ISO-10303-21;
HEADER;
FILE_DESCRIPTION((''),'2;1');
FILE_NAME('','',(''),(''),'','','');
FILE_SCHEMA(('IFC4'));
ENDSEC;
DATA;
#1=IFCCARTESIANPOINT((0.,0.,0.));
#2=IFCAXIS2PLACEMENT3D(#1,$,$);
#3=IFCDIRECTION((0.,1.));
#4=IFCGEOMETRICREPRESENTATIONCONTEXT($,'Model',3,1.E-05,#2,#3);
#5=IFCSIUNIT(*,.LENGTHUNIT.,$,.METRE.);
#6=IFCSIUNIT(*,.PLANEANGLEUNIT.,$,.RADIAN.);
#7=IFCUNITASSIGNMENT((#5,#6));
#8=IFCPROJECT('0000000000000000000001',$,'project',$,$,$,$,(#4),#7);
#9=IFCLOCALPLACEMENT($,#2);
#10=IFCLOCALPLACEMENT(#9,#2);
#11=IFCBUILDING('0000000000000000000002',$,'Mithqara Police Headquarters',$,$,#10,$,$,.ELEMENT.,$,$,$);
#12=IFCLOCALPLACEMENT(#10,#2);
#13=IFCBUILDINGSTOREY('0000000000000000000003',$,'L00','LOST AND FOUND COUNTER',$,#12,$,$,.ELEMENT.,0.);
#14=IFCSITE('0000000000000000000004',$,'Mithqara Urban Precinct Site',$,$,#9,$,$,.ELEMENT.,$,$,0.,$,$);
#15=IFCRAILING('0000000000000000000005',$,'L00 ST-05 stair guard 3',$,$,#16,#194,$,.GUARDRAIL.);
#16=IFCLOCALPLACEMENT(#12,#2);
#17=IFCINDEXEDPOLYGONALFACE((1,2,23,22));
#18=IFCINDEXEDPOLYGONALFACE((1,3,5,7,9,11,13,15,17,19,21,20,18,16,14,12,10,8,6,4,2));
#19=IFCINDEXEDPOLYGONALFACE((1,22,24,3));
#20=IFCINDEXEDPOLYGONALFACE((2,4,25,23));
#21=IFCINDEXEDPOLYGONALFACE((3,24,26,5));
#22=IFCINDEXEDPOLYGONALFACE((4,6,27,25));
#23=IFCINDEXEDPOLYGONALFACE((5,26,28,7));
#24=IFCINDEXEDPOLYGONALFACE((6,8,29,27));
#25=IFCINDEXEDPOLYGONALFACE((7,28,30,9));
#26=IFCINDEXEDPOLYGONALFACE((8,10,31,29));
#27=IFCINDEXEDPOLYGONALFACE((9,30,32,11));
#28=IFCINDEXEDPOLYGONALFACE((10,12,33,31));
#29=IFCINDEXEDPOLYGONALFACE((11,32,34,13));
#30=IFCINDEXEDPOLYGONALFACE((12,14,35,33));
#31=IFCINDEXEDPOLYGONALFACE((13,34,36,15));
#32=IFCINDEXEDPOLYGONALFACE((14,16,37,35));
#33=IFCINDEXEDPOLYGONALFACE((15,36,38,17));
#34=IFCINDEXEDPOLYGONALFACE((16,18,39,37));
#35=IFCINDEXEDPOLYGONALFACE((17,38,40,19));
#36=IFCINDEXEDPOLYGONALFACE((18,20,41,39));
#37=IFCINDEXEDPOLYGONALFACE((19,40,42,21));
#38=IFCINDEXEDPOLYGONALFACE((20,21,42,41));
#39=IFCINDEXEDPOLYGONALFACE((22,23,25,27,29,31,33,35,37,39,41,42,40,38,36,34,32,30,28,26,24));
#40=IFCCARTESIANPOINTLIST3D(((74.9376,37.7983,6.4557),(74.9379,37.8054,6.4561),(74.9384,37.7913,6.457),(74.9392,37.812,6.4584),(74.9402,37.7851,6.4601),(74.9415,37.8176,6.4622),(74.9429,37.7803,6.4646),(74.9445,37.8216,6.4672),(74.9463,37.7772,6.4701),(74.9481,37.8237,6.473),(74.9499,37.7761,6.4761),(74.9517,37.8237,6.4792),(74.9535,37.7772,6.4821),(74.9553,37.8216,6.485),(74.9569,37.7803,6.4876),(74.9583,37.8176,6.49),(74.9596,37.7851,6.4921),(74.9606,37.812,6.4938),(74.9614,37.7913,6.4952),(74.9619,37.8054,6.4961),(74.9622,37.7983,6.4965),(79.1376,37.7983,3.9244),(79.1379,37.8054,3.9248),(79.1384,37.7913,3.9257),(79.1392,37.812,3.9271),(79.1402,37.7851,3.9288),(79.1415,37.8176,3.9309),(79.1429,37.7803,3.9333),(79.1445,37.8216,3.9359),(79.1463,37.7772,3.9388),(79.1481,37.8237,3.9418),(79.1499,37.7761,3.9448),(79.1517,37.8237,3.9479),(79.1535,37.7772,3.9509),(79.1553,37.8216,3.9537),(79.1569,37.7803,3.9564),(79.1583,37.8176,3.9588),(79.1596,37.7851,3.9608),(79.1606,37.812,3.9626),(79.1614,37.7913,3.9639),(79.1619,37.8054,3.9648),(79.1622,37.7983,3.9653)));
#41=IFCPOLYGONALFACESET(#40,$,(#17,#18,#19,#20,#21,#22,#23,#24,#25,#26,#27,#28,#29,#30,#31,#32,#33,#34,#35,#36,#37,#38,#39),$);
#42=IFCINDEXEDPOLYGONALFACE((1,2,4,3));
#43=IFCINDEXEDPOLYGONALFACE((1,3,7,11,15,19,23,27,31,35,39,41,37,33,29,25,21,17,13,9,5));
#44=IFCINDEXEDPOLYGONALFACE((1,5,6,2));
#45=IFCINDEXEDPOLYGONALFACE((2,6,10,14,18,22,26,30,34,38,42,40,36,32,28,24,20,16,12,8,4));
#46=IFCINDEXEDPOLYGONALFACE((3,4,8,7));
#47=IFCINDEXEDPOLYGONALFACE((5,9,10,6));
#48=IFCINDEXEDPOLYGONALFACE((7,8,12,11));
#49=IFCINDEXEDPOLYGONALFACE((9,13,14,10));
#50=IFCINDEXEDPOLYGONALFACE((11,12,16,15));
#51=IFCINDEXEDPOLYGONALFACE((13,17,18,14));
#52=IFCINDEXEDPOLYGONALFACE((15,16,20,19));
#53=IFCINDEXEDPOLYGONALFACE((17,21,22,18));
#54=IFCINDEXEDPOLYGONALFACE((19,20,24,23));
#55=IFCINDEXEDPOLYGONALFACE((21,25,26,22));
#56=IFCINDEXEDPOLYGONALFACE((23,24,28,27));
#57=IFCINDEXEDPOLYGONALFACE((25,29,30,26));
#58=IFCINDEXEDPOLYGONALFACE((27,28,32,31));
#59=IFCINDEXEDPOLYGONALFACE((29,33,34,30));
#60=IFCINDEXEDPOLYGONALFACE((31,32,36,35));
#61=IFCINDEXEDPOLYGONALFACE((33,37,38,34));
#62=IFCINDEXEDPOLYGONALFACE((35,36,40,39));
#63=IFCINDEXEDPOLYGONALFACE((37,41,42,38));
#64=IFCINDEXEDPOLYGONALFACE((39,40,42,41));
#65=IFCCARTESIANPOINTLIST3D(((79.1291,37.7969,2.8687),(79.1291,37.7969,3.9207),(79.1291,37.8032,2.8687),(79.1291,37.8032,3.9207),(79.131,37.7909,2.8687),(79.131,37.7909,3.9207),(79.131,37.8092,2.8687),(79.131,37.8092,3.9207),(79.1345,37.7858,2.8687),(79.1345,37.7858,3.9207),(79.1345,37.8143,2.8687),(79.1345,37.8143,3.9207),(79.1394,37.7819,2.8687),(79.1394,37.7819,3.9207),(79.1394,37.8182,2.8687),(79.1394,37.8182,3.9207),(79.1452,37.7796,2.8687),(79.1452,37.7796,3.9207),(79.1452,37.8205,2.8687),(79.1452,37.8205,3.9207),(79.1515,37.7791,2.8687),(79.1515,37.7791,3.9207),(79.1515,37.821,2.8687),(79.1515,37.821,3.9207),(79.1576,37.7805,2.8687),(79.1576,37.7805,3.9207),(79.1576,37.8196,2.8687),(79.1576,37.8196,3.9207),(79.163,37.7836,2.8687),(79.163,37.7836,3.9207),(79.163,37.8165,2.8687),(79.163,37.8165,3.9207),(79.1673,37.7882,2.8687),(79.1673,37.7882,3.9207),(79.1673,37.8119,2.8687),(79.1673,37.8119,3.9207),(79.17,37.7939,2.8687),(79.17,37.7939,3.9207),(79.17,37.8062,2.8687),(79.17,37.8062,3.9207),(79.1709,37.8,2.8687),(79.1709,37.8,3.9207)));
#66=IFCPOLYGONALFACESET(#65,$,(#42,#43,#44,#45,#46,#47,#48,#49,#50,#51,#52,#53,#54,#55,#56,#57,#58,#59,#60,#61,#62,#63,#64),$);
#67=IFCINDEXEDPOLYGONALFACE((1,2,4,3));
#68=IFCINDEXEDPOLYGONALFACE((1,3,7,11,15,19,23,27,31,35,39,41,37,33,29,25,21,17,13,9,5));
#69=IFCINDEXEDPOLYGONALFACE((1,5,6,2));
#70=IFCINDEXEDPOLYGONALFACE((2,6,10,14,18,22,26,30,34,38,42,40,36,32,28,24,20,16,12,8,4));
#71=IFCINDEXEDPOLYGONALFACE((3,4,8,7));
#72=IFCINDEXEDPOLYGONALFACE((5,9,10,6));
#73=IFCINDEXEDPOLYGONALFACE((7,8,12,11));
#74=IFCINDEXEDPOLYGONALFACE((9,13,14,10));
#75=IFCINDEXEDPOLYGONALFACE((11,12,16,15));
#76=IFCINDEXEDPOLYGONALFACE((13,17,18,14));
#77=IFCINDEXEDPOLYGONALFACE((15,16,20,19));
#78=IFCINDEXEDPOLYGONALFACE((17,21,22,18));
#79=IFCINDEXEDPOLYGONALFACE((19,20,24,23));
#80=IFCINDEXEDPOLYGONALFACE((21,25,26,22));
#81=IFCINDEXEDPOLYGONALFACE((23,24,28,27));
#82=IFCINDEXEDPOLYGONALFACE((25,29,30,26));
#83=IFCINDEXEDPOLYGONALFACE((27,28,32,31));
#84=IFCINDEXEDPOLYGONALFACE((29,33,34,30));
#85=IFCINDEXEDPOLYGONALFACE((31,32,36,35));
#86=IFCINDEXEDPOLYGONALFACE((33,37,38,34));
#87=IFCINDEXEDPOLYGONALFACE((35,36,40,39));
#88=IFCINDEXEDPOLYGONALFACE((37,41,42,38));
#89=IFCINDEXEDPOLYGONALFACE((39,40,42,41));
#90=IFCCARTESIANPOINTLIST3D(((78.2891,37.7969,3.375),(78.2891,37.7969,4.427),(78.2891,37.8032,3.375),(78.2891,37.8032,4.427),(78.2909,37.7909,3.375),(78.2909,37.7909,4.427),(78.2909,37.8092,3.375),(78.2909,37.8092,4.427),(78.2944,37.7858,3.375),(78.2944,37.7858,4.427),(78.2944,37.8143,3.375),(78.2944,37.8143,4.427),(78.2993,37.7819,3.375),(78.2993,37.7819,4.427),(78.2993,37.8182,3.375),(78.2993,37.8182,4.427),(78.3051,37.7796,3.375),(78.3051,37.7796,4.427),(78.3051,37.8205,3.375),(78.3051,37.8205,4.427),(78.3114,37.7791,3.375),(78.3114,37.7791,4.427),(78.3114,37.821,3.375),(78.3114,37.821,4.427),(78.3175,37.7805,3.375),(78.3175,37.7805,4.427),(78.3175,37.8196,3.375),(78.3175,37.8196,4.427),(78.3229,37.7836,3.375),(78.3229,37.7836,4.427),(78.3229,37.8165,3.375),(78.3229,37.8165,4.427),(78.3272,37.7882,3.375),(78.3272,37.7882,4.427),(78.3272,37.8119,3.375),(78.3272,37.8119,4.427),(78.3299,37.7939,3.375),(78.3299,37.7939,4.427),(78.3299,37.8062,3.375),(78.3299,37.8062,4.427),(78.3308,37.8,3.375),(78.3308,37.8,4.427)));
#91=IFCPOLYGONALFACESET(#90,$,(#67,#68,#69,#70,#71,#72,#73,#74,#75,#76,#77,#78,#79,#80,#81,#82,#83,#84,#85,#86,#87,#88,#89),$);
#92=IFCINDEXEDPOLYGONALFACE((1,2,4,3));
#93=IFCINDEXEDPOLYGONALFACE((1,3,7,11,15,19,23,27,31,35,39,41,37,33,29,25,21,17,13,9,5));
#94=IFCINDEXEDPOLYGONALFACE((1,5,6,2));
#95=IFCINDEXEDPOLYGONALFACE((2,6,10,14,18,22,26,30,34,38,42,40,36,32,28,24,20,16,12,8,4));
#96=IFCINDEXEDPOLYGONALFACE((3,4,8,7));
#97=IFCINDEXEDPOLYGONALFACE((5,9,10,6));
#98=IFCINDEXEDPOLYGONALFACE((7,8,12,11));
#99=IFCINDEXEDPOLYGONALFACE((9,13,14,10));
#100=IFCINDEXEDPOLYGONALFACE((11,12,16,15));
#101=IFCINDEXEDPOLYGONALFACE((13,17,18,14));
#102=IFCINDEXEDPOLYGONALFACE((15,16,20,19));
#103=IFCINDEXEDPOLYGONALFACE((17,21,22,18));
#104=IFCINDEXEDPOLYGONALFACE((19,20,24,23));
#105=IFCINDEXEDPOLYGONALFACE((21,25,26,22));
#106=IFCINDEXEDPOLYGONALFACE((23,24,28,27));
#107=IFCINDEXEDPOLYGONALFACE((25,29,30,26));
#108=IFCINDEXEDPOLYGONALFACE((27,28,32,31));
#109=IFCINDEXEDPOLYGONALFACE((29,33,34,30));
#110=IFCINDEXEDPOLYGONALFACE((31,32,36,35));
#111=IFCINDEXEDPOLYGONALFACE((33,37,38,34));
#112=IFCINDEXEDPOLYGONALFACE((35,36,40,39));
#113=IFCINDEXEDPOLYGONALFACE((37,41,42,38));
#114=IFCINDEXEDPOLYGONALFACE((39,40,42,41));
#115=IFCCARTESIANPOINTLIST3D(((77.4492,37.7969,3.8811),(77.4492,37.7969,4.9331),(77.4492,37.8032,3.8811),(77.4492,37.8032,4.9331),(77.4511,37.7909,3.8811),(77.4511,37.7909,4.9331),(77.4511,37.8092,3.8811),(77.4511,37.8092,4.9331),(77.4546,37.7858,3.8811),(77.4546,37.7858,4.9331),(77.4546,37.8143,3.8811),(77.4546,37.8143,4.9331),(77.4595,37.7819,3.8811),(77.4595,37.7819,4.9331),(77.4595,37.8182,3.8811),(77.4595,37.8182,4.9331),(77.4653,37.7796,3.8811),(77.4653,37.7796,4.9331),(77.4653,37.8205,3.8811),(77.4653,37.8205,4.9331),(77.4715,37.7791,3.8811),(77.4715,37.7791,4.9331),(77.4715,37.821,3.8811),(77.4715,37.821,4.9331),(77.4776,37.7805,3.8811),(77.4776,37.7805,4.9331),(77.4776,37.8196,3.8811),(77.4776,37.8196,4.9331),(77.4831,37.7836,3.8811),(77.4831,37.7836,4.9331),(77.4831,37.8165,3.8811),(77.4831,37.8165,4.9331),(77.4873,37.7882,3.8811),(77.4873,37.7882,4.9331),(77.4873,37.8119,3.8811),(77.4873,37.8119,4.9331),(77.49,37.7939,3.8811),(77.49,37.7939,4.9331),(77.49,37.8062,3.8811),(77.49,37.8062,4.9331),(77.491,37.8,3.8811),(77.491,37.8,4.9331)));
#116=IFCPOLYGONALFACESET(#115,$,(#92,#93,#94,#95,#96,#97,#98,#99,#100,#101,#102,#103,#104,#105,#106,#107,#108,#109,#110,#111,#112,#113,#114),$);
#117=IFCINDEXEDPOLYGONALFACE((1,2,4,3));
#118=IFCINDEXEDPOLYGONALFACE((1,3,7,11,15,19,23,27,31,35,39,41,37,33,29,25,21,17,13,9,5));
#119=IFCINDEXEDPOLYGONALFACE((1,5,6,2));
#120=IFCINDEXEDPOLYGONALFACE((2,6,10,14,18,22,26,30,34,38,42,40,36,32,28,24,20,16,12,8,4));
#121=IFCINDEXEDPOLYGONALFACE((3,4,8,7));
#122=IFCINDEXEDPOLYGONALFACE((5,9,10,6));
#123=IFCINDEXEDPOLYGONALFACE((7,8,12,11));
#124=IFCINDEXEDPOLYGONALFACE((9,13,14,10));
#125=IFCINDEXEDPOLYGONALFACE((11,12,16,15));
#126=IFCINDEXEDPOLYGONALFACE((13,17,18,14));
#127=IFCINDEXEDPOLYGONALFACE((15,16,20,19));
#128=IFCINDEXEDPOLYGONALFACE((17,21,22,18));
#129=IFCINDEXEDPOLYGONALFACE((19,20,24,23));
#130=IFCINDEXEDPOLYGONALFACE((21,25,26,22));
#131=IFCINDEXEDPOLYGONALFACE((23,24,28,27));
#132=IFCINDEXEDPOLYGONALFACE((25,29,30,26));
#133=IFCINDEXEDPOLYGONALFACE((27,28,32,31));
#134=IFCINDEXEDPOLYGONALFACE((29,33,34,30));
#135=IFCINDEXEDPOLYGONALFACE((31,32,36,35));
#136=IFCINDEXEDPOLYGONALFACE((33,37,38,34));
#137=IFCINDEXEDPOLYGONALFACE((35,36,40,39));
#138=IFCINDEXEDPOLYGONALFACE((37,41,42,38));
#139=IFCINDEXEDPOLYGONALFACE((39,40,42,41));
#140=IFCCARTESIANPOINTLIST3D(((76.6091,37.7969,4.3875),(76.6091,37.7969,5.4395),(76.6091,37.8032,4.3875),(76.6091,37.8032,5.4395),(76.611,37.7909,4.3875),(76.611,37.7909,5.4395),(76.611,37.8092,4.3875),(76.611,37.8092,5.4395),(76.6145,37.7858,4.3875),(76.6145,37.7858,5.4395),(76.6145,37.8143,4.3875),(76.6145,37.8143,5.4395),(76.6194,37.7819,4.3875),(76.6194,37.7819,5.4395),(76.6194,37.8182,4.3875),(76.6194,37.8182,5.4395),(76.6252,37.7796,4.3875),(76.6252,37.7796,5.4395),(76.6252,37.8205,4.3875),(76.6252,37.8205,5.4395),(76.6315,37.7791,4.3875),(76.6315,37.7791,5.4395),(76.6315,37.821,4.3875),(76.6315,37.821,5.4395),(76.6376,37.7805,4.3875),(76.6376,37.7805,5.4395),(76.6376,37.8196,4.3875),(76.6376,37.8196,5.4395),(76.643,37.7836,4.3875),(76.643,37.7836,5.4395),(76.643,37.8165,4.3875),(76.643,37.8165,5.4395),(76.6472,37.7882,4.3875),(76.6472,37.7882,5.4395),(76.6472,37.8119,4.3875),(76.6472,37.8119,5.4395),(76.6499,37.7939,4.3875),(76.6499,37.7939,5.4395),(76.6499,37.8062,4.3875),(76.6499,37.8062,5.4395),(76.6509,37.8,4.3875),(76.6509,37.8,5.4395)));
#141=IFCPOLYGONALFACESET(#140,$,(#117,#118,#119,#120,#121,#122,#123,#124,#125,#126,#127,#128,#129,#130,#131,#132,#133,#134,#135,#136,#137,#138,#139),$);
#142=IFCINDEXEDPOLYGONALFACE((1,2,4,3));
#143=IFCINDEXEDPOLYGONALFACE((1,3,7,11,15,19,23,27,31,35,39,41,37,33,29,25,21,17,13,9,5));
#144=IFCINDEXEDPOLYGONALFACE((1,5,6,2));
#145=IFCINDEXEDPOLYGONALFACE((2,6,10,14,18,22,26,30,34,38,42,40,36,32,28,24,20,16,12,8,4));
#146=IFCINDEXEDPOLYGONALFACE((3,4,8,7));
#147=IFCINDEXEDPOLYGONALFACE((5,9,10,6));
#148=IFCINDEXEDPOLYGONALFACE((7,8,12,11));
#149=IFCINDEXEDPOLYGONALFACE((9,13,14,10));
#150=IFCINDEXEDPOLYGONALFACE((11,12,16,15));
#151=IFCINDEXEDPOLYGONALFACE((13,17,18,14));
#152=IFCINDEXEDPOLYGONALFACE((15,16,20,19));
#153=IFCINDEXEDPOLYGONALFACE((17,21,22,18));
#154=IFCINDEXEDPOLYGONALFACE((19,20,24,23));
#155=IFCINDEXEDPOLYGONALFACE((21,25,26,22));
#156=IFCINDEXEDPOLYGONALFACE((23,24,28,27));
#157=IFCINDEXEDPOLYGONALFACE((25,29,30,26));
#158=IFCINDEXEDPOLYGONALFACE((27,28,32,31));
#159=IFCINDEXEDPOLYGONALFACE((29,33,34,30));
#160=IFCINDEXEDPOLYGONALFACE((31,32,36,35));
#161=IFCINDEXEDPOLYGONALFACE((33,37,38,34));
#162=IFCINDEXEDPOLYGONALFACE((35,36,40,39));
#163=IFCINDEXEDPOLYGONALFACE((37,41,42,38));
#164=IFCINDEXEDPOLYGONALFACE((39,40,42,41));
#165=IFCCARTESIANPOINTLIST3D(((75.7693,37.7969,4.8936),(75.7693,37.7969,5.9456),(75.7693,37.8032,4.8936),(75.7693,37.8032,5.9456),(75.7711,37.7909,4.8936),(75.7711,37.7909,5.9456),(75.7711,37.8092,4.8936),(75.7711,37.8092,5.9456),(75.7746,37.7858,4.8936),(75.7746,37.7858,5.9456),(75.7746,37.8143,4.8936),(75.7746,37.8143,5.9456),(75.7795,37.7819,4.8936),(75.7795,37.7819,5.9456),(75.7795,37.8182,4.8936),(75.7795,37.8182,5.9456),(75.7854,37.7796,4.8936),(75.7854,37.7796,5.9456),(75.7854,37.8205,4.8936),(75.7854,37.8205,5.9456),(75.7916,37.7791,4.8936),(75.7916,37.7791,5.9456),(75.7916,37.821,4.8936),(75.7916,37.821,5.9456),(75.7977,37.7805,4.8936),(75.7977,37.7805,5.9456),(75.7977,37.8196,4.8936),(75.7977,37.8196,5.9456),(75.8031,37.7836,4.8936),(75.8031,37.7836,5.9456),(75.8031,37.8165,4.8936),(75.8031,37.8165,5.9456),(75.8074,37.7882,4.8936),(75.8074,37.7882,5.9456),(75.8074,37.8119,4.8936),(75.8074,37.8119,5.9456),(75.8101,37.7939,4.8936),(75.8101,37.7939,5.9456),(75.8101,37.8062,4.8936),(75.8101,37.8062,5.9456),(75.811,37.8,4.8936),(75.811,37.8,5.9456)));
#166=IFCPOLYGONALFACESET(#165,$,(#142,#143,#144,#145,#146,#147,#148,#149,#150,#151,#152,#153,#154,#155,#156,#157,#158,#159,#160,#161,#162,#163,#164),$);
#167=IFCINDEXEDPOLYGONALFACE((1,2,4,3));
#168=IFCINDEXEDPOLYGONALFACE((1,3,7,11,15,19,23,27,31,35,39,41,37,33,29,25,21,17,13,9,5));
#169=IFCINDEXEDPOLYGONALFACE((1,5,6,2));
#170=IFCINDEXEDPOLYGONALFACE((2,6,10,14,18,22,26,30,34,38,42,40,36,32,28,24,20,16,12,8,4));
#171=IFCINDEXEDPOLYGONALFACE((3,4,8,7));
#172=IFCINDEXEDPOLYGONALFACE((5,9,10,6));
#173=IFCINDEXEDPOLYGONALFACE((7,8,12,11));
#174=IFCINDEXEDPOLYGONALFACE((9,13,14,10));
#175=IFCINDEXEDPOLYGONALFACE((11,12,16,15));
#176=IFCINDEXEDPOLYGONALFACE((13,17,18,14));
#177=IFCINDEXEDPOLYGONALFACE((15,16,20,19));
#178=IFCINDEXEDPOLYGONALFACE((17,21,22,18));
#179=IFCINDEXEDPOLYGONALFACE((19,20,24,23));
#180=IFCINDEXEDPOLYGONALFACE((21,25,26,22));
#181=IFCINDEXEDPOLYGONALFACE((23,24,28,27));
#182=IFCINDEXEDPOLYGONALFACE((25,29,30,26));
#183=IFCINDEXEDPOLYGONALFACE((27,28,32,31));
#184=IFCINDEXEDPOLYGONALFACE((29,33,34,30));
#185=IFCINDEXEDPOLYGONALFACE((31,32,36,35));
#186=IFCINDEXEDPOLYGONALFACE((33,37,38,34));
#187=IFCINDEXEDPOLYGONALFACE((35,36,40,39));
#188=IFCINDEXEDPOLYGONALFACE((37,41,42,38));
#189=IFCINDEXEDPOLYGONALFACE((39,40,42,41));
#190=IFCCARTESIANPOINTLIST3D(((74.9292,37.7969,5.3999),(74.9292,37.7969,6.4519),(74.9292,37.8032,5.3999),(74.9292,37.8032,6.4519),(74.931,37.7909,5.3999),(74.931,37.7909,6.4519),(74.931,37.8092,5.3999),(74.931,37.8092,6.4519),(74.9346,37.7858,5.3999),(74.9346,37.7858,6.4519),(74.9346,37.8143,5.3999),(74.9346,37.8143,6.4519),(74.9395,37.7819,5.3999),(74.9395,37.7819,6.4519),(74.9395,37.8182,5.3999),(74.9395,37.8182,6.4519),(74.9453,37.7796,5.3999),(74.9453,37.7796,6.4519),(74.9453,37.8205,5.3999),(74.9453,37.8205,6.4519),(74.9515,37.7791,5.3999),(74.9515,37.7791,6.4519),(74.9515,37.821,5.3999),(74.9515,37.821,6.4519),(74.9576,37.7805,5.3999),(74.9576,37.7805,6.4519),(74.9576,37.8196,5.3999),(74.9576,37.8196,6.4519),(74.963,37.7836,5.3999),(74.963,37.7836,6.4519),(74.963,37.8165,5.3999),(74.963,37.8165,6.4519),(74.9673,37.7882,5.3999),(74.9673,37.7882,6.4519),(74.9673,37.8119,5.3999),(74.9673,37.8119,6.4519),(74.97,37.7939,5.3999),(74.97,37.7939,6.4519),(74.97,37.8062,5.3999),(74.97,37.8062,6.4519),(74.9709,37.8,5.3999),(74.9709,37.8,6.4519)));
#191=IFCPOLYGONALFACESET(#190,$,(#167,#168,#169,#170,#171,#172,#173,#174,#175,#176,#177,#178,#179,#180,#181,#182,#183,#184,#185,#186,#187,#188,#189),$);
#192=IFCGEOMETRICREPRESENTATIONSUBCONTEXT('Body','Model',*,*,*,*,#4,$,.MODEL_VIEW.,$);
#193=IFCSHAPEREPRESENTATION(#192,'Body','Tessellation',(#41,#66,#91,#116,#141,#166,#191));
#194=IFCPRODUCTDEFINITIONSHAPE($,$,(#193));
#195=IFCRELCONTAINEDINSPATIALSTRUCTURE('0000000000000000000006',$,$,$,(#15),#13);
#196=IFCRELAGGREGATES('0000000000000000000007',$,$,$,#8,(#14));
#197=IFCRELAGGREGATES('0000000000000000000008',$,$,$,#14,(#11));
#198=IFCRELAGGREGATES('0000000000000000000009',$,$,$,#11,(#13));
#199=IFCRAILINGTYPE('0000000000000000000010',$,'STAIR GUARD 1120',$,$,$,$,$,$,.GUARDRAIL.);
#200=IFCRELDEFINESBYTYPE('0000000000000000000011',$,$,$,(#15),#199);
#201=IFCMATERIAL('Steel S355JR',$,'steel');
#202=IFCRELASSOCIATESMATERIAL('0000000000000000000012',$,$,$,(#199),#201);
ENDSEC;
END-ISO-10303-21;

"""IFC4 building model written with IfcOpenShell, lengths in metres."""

from ifc_helpers import new_model, si_unit, direction, frame, origin, origin_2d, place, context, subcontext, project, spatial, circle, extrude, material, type_object, element, save


model = new_model("IFC4")

# Units and contexts
model_context = context("Model", 3, precision=1e-05, world=origin(), true_north=direction((0.0, 1.0)))
body_context = subcontext(model_context, "Body", "Model", "MODEL_VIEW")
ifc_project = project(units=[si_unit("LENGTHUNIT", "METRE"), si_unit("PLANEANGLEUNIT", "RADIAN")], contexts=[model_context])

# Site, building, storey
site_placement = place(None, origin())
site = spatial("IfcSite", under=ifc_project, at=site_placement, Name="Mithqara Urban Precinct Site", CompositionType="ELEMENT", RefElevation=0.0)
building_placement = place(site_placement, origin())
building = spatial("IfcBuilding", under=site, at=building_placement, Name="Mithqara Police Headquarters", CompositionType="ELEMENT")
storey_placement = place(building_placement, origin())
storey = spatial("IfcBuildingStorey", under=building, at=storey_placement, Name="L00", Description="LOST AND FOUND COUNTER", CompositionType="ELEMENT", Elevation=0.0)

# Shared definitions
ifc_material_1 = material(Name="Steel S355JR", Category="steel")

# Railing
railing_type_1 = type_object("IfcRailingType", Name="STAIR GUARD 1120", PredefinedType="GUARDRAIL", material=ifc_material_1)
railing_1_placement = place(storey_placement, frame((79.1499, 37.8, 2.8687)))
element("IfcRailing", 1, at=railing_1_placement, inside=storey, type_object=railing_type_1, Name="L00 ST-05 stair guard 3", PredefinedType="GUARDRAIL", context=body_context, shape_type="SweptSolid", body=[
    extrude(circle(Radius=0.0239, at=origin_2d()), frame((0.0, 0.0, 1.0762), z_axis=(-0.856476, 0.0, 0.516186), x_axis=(0.0, -1.0, 0.0)), (0.0, 0.0, 1.0), 4.9038),
    extrude(circle(Radius=0.021, at=origin_2d()), origin(), (0.0, 0.0, 1.0), 1.052),
    extrude(circle(Radius=0.021, at=origin_2d()), frame((-0.8401, 0.0, 0.5063)), (0.0, 0.0, 1.0), 1.052),
    extrude(circle(Radius=0.021, at=origin_2d()), frame((-1.6799, 0.0, 1.0125)), (0.0, 0.0, 1.0), 1.052),
    extrude(circle(Radius=0.021, at=origin_2d()), frame((-2.52, 0.0, 1.5188)), (0.0, 0.0, 1.0), 1.052),
    extrude(circle(Radius=0.021, at=origin_2d()), frame((-3.3599, 0.0, 2.0249)), (0.0, 0.0, 1.0), 1.052),
    extrude(circle(Radius=0.021, at=origin_2d()), frame((-4.2, 0.0, 2.5312)), (0.0, 0.0, 1.0), 1.052),
])

save(model, "model.ifc")
